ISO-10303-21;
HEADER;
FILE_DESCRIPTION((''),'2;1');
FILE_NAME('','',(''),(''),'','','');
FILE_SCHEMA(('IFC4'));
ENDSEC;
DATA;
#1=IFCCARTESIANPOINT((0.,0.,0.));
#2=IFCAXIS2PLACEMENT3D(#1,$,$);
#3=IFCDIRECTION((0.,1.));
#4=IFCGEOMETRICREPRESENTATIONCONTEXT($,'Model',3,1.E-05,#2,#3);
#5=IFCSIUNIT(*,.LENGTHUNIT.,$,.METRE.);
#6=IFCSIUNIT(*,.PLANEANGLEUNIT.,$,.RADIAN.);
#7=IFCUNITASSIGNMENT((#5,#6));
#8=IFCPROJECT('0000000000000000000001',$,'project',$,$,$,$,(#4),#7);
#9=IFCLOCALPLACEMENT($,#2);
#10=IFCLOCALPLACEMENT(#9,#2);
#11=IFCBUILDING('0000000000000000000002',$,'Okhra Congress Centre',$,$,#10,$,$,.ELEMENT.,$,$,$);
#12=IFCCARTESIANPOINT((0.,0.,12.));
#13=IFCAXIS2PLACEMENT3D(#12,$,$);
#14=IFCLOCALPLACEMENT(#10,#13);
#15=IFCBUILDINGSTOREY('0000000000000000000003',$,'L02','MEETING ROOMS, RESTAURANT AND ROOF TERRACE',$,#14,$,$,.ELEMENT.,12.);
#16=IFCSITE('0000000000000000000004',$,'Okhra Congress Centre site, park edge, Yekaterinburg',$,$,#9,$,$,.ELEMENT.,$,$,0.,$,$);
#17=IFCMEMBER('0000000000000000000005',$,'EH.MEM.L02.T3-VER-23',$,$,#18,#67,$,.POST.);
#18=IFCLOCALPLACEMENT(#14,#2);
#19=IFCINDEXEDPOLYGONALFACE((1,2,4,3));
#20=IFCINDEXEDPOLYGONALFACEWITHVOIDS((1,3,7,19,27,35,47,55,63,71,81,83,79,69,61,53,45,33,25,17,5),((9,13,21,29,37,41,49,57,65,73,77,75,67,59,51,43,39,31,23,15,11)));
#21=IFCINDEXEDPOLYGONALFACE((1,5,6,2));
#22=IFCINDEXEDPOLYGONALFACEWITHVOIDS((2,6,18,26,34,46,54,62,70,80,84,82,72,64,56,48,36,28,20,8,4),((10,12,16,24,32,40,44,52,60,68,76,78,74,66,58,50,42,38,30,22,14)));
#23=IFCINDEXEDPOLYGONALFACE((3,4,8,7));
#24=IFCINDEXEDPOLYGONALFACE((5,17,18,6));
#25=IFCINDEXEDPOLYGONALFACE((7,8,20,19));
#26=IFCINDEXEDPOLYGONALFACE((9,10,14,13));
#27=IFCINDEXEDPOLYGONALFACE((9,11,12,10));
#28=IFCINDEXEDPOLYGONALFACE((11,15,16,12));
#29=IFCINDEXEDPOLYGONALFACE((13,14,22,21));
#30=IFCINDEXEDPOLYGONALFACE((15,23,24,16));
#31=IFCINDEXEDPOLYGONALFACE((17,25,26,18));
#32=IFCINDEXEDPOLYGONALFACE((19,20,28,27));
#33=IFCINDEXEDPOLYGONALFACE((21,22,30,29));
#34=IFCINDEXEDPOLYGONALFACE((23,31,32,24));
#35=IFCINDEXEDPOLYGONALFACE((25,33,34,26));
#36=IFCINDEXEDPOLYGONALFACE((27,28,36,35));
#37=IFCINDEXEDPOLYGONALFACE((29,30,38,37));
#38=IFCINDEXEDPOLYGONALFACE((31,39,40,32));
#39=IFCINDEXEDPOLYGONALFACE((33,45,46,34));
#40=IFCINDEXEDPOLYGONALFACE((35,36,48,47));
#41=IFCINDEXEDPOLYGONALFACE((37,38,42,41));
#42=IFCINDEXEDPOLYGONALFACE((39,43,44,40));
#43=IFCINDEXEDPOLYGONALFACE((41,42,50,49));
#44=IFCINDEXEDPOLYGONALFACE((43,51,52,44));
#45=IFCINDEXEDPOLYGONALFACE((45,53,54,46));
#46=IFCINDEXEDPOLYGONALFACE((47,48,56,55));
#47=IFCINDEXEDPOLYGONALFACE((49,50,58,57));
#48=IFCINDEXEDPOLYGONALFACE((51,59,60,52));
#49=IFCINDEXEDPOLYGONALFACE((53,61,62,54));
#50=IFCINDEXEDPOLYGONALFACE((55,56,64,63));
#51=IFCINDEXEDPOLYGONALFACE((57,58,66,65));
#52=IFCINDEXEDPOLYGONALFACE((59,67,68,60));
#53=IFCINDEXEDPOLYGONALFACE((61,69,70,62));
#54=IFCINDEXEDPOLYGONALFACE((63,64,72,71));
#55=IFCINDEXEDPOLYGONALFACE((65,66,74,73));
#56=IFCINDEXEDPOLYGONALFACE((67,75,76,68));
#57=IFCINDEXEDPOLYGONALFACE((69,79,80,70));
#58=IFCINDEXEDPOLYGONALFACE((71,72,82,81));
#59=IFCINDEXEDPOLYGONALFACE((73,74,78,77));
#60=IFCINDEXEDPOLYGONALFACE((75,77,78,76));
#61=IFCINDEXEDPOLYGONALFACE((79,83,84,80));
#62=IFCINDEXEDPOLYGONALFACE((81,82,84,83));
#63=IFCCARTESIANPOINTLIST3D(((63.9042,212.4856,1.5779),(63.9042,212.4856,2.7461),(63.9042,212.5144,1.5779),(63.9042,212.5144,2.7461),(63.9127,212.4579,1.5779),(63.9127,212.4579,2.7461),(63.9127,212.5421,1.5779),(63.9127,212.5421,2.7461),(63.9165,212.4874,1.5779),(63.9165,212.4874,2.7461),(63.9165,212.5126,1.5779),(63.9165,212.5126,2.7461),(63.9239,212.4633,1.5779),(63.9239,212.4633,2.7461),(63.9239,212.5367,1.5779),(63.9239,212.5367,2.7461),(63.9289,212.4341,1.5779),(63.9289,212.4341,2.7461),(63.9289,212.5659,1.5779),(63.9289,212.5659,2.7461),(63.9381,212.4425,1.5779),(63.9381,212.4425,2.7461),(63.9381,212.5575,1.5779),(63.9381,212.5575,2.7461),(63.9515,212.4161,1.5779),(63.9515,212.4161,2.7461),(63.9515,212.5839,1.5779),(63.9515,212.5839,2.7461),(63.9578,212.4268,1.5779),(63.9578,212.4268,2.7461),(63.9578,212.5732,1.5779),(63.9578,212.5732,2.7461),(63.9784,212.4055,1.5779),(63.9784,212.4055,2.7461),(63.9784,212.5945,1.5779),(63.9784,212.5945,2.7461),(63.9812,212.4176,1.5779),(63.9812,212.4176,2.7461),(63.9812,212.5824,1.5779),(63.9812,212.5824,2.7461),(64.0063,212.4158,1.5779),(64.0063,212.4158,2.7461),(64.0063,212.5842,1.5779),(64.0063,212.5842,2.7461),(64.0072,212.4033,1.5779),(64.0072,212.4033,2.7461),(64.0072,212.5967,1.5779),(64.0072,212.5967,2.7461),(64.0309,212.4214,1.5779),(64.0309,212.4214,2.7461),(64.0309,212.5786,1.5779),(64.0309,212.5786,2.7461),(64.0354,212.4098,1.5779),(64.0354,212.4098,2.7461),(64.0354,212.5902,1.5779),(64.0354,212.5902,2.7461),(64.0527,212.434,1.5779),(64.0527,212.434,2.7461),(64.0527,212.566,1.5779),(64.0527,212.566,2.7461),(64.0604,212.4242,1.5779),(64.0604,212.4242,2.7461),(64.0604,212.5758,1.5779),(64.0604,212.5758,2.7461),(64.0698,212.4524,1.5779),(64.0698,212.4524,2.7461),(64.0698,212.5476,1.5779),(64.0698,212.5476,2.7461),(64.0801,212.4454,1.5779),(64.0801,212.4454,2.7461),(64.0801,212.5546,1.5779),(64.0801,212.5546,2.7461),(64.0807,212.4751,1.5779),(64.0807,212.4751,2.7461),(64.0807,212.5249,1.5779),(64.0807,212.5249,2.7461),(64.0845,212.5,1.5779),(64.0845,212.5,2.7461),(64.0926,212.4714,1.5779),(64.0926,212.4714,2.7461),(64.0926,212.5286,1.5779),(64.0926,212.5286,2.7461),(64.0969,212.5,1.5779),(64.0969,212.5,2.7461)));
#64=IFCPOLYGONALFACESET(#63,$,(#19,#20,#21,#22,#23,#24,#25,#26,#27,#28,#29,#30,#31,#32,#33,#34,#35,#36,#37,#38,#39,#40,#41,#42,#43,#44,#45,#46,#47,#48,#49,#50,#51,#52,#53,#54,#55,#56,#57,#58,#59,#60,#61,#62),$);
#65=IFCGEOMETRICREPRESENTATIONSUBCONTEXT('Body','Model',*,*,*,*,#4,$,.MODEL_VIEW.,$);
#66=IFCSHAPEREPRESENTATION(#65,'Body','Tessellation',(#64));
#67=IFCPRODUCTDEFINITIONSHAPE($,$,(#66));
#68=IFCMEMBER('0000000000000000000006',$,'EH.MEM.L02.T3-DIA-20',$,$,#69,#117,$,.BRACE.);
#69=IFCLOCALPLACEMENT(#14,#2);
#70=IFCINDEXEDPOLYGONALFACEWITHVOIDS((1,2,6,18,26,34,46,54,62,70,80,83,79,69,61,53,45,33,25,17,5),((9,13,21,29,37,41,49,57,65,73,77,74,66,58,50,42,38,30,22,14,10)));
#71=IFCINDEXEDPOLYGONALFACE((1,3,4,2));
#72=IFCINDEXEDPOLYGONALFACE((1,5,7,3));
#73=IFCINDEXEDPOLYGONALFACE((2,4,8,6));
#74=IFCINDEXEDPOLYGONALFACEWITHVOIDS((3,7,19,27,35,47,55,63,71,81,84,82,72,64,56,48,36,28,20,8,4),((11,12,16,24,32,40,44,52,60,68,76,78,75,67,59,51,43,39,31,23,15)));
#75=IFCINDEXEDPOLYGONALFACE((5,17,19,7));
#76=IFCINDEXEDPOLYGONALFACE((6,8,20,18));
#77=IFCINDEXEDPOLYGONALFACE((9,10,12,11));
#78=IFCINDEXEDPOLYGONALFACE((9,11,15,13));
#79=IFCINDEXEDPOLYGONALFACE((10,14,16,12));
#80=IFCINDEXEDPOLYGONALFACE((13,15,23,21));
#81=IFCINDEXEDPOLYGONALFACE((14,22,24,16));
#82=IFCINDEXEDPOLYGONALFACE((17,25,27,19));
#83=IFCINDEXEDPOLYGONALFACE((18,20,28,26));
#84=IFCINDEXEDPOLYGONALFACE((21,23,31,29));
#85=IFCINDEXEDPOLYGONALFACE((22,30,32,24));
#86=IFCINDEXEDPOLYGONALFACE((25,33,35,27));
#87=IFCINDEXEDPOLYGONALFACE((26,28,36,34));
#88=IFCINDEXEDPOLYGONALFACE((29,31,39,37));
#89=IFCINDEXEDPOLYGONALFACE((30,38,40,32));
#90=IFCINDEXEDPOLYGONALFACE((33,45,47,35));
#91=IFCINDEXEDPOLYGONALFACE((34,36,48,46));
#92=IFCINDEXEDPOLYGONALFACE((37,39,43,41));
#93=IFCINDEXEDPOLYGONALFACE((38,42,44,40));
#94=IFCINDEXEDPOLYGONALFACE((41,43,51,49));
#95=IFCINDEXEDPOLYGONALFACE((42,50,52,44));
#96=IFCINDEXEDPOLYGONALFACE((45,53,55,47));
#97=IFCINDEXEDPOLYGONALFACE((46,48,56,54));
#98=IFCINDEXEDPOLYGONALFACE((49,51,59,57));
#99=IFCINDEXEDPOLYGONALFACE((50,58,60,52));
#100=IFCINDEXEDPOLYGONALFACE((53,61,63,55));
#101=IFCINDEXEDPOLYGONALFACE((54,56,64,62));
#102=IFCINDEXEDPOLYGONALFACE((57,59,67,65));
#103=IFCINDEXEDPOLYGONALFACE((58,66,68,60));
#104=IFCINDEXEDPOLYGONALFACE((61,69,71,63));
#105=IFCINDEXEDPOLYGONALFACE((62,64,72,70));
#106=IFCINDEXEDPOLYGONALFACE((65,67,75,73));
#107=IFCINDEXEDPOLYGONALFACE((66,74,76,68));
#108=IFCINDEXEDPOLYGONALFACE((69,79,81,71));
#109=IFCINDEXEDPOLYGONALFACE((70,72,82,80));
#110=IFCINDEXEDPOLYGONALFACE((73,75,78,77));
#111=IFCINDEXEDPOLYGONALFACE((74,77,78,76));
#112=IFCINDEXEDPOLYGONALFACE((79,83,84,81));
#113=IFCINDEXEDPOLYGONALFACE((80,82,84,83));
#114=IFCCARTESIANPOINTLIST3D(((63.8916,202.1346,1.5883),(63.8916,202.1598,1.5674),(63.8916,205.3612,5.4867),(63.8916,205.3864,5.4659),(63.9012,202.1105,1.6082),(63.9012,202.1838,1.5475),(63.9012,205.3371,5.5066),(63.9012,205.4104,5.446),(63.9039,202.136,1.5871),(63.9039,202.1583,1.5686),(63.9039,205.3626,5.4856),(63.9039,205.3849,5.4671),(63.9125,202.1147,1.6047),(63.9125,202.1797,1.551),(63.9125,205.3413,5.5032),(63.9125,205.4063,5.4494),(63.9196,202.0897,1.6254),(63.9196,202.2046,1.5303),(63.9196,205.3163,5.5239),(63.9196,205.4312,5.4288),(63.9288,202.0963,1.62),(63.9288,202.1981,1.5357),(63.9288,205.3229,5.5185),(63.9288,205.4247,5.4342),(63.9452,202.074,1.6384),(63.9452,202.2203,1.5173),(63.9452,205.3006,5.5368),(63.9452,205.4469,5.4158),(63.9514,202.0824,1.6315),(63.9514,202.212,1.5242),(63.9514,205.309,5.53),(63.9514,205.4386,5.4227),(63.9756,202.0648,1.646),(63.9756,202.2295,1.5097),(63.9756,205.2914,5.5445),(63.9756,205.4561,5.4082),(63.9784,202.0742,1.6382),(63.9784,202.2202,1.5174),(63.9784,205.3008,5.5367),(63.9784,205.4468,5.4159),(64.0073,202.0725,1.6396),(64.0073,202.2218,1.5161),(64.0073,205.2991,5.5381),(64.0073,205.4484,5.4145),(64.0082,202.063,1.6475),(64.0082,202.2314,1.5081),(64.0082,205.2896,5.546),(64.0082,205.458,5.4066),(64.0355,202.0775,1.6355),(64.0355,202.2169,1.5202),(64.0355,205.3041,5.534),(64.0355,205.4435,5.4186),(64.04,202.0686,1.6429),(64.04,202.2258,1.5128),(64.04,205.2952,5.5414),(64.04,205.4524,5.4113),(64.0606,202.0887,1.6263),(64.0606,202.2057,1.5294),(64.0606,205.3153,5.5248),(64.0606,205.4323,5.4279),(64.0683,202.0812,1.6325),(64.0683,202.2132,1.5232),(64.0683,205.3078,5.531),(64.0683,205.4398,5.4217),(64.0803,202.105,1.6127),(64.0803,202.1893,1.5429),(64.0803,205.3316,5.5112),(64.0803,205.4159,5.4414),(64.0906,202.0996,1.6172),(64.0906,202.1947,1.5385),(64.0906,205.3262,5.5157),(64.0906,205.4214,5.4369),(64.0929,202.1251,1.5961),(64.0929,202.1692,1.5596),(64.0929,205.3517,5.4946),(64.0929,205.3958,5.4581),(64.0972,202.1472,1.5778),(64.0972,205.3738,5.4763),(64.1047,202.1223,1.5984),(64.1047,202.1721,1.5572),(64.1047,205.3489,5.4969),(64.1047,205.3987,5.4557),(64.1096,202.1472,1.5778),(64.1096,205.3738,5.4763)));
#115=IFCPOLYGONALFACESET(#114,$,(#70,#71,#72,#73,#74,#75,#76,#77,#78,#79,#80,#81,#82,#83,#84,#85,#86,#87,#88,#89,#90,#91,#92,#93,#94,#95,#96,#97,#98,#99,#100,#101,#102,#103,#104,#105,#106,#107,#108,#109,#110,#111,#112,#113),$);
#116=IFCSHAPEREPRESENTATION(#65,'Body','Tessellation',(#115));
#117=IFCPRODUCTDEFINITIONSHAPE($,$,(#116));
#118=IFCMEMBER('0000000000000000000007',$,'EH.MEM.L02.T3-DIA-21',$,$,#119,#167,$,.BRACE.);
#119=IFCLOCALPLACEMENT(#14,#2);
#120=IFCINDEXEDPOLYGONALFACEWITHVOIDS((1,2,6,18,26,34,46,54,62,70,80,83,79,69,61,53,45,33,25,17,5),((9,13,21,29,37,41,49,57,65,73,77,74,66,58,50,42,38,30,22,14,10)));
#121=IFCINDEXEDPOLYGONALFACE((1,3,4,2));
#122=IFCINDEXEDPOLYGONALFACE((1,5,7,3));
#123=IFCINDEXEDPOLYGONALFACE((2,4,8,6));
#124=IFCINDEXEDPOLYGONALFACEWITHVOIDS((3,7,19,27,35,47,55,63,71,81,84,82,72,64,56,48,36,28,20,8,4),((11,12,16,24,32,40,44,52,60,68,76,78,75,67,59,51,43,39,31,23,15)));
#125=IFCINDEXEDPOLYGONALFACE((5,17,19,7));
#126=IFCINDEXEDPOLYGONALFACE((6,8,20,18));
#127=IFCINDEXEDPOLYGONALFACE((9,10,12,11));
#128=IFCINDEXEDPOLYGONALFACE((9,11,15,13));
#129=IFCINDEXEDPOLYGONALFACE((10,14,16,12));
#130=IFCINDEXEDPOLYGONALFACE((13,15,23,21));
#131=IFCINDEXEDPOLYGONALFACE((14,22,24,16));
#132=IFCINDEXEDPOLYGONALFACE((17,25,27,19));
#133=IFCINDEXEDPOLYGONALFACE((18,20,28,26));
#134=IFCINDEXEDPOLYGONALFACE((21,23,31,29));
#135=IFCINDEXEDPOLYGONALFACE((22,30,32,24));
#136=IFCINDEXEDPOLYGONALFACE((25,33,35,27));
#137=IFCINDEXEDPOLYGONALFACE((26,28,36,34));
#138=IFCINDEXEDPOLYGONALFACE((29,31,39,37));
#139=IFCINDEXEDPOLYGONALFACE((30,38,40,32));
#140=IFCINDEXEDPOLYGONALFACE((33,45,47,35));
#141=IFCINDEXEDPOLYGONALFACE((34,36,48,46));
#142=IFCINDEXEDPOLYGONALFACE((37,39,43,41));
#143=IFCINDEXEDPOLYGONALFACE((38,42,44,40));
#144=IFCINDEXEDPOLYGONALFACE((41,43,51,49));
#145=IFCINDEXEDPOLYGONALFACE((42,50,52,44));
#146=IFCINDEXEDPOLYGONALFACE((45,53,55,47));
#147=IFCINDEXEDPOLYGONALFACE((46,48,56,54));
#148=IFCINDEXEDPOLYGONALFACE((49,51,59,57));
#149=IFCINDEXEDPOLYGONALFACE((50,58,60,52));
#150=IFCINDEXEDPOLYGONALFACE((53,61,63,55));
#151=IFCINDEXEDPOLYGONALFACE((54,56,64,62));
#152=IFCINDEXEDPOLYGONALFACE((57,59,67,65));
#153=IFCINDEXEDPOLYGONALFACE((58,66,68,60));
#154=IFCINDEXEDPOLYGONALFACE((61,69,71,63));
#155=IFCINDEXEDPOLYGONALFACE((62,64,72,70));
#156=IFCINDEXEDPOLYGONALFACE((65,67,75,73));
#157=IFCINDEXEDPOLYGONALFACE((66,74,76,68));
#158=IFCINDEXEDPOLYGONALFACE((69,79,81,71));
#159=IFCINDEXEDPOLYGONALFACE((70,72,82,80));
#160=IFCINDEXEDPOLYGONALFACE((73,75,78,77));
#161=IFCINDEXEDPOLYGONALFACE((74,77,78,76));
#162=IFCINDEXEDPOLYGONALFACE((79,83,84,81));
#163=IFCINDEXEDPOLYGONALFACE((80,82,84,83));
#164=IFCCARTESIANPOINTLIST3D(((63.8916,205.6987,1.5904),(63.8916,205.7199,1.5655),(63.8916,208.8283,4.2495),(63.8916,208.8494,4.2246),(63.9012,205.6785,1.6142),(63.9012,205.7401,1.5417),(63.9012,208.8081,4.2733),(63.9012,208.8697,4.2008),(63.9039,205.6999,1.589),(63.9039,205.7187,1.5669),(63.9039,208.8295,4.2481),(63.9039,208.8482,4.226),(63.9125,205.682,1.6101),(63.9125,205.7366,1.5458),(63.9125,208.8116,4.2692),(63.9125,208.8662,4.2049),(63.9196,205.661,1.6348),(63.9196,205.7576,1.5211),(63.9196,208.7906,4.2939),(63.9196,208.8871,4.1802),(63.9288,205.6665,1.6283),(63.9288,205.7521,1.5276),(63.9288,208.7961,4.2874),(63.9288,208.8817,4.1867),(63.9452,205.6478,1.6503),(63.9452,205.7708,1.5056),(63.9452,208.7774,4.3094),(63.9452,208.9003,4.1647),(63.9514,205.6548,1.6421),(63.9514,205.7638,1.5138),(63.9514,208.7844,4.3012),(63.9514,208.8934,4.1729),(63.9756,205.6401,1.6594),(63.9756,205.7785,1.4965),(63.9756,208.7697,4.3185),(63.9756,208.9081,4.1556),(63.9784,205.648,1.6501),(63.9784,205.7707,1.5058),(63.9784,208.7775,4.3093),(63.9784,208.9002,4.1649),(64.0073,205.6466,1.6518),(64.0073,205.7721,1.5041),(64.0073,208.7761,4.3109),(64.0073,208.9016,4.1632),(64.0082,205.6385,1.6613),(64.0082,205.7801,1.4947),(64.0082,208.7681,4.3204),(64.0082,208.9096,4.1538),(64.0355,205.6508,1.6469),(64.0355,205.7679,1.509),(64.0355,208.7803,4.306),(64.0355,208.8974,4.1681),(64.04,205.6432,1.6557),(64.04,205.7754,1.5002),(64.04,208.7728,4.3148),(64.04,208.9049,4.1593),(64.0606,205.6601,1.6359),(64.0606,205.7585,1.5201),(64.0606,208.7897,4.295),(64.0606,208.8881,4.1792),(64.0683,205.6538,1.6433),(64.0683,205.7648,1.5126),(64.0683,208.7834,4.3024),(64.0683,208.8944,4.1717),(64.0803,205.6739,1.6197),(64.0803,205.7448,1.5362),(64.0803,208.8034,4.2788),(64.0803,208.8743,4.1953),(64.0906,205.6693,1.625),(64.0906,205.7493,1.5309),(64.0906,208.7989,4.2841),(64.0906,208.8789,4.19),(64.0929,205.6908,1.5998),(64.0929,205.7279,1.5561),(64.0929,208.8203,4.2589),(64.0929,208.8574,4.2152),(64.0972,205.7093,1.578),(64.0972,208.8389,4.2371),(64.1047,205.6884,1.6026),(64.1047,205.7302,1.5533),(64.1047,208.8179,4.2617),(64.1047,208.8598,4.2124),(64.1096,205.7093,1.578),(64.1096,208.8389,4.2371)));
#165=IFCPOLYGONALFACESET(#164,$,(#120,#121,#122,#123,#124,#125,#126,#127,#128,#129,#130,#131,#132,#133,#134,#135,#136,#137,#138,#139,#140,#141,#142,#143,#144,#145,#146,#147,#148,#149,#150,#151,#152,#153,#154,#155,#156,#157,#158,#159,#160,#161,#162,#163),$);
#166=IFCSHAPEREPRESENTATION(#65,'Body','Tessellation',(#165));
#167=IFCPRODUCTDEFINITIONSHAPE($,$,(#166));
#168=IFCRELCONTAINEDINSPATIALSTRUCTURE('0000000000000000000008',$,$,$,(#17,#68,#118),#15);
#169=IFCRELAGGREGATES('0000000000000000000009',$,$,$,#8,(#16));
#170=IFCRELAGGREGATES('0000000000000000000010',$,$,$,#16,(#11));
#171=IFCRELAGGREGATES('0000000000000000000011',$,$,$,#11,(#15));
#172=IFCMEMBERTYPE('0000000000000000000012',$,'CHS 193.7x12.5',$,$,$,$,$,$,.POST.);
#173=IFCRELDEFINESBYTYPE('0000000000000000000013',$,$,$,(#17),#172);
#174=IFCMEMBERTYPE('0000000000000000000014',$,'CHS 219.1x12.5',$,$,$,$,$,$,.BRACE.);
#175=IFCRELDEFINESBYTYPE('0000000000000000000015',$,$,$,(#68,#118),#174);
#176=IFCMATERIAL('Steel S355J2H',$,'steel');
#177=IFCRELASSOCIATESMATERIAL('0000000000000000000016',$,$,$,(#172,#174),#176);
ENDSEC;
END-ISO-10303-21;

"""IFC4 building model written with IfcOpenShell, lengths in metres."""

from ifc_helpers import new_model, si_unit, direction, frame, origin, origin_2d, place, context, subcontext, project, spatial, hollow_circle, extrude, material, material_profile, profile_set, type_object, element, save


model = new_model("IFC4")

# Units and contexts
model_context = context("Model", 3, precision=1e-05, world=origin(), true_north=direction((0.0, 1.0)))
body_context = subcontext(model_context, "Body", "Model", "MODEL_VIEW")
ifc_project = project(units=[si_unit("LENGTHUNIT", "METRE"), si_unit("PLANEANGLEUNIT", "RADIAN")], contexts=[model_context])

# Site, building, storey
site_placement = place(None, origin())
site = spatial("IfcSite", under=ifc_project, at=site_placement, Name="Okhra Congress Centre site, park edge, Yekaterinburg", CompositionType="ELEMENT", RefElevation=0.0)
building_placement = place(site_placement, origin())
building = spatial("IfcBuilding", under=site, at=building_placement, Name="Okhra Congress Centre", CompositionType="ELEMENT")
storey_placement = place(building_placement, frame((0.0, 0.0, 12.0)))
storey = spatial("IfcBuildingStorey", under=building, at=storey_placement, Name="L02", Description="MEETING ROOMS, RESTAURANT AND ROOF TERRACE", CompositionType="ELEMENT", Elevation=12.0)

# Members
ifc_material_1 = material(Name="Steel S355J2H", Category="steel")
ifc_material_profile_1 = material_profile(ifc_material_1, hollow_circle(Radius=0.0969, WallThickness=0.0125, at=origin_2d()), Name="CHS 193.7x12.5")
ifc_profile_set_1 = profile_set([ifc_material_profile_1], Name="Steel S355J2H")
member_type_1 = type_object("IfcMemberType", Name="CHS 193.7x12.5", PredefinedType="POST", material=ifc_profile_set_1)
member_1_placement = place(storey_placement, frame((64.0, 212.5, 1.5779), z_axis=(0.0, 0.0, 1.0), x_axis=(1.0, 0.0, 0.0)))
element("IfcMember", 1, at=member_1_placement, inside=storey, type_object=member_type_1, Name="EH.MEM.L02.T3-VER-23", PredefinedType="POST", context=body_context, shape_type="SweptSolid", body=[
    extrude(hollow_circle(Radius=0.0969, WallThickness=0.0125, at=origin_2d()), origin(), (0.0, 0.0, 1.0), 1.1682),
])
ifc_material_profile_2 = material_profile(ifc_material_1, hollow_circle(Radius=0.1096, WallThickness=0.0125, at=origin_2d()), Name="CHS 219.1x12.5")
ifc_profile_set_2 = profile_set([ifc_material_profile_2], Name="Steel S355J2H")
member_type_2 = type_object("IfcMemberType", Name="CHS 219.1x12.5", PredefinedType="BRACE", material=ifc_profile_set_2)
member_2_placement = place(storey_placement, frame((64.0, 205.3738, 5.4763), z_axis=(0.0, -0.637599, -0.770368), x_axis=(1.0, 0.0, 0.0)))
element("IfcMember", 2, at=member_2_placement, inside=storey, type_object=member_type_2, Name="EH.MEM.L02.T3-DIA-20", PredefinedType="BRACE", context=body_context, shape_type="SweptSolid", body=[
    extrude(hollow_circle(Radius=0.1096, WallThickness=0.0125, at=origin_2d()), origin(), (0.0, 0.0, 1.0), 5.0605),
])
member_3_placement = place(storey_placement, frame((64.0, 208.8389, 4.2371), z_axis=(0.0, -0.762061, -0.647505), x_axis=(1.0, 0.0, 0.0)))
element("IfcMember", 3, at=member_3_placement, inside=storey, type_object=member_type_2, Name="EH.MEM.L02.T3-DIA-21", PredefinedType="BRACE", context=body_context, shape_type="SweptSolid", body=[
    extrude(hollow_circle(Radius=0.1096, WallThickness=0.0125, at=origin_2d()), origin(), (0.0, 0.0, 1.0), 4.1067),
])

save(model, "model.ifc")
